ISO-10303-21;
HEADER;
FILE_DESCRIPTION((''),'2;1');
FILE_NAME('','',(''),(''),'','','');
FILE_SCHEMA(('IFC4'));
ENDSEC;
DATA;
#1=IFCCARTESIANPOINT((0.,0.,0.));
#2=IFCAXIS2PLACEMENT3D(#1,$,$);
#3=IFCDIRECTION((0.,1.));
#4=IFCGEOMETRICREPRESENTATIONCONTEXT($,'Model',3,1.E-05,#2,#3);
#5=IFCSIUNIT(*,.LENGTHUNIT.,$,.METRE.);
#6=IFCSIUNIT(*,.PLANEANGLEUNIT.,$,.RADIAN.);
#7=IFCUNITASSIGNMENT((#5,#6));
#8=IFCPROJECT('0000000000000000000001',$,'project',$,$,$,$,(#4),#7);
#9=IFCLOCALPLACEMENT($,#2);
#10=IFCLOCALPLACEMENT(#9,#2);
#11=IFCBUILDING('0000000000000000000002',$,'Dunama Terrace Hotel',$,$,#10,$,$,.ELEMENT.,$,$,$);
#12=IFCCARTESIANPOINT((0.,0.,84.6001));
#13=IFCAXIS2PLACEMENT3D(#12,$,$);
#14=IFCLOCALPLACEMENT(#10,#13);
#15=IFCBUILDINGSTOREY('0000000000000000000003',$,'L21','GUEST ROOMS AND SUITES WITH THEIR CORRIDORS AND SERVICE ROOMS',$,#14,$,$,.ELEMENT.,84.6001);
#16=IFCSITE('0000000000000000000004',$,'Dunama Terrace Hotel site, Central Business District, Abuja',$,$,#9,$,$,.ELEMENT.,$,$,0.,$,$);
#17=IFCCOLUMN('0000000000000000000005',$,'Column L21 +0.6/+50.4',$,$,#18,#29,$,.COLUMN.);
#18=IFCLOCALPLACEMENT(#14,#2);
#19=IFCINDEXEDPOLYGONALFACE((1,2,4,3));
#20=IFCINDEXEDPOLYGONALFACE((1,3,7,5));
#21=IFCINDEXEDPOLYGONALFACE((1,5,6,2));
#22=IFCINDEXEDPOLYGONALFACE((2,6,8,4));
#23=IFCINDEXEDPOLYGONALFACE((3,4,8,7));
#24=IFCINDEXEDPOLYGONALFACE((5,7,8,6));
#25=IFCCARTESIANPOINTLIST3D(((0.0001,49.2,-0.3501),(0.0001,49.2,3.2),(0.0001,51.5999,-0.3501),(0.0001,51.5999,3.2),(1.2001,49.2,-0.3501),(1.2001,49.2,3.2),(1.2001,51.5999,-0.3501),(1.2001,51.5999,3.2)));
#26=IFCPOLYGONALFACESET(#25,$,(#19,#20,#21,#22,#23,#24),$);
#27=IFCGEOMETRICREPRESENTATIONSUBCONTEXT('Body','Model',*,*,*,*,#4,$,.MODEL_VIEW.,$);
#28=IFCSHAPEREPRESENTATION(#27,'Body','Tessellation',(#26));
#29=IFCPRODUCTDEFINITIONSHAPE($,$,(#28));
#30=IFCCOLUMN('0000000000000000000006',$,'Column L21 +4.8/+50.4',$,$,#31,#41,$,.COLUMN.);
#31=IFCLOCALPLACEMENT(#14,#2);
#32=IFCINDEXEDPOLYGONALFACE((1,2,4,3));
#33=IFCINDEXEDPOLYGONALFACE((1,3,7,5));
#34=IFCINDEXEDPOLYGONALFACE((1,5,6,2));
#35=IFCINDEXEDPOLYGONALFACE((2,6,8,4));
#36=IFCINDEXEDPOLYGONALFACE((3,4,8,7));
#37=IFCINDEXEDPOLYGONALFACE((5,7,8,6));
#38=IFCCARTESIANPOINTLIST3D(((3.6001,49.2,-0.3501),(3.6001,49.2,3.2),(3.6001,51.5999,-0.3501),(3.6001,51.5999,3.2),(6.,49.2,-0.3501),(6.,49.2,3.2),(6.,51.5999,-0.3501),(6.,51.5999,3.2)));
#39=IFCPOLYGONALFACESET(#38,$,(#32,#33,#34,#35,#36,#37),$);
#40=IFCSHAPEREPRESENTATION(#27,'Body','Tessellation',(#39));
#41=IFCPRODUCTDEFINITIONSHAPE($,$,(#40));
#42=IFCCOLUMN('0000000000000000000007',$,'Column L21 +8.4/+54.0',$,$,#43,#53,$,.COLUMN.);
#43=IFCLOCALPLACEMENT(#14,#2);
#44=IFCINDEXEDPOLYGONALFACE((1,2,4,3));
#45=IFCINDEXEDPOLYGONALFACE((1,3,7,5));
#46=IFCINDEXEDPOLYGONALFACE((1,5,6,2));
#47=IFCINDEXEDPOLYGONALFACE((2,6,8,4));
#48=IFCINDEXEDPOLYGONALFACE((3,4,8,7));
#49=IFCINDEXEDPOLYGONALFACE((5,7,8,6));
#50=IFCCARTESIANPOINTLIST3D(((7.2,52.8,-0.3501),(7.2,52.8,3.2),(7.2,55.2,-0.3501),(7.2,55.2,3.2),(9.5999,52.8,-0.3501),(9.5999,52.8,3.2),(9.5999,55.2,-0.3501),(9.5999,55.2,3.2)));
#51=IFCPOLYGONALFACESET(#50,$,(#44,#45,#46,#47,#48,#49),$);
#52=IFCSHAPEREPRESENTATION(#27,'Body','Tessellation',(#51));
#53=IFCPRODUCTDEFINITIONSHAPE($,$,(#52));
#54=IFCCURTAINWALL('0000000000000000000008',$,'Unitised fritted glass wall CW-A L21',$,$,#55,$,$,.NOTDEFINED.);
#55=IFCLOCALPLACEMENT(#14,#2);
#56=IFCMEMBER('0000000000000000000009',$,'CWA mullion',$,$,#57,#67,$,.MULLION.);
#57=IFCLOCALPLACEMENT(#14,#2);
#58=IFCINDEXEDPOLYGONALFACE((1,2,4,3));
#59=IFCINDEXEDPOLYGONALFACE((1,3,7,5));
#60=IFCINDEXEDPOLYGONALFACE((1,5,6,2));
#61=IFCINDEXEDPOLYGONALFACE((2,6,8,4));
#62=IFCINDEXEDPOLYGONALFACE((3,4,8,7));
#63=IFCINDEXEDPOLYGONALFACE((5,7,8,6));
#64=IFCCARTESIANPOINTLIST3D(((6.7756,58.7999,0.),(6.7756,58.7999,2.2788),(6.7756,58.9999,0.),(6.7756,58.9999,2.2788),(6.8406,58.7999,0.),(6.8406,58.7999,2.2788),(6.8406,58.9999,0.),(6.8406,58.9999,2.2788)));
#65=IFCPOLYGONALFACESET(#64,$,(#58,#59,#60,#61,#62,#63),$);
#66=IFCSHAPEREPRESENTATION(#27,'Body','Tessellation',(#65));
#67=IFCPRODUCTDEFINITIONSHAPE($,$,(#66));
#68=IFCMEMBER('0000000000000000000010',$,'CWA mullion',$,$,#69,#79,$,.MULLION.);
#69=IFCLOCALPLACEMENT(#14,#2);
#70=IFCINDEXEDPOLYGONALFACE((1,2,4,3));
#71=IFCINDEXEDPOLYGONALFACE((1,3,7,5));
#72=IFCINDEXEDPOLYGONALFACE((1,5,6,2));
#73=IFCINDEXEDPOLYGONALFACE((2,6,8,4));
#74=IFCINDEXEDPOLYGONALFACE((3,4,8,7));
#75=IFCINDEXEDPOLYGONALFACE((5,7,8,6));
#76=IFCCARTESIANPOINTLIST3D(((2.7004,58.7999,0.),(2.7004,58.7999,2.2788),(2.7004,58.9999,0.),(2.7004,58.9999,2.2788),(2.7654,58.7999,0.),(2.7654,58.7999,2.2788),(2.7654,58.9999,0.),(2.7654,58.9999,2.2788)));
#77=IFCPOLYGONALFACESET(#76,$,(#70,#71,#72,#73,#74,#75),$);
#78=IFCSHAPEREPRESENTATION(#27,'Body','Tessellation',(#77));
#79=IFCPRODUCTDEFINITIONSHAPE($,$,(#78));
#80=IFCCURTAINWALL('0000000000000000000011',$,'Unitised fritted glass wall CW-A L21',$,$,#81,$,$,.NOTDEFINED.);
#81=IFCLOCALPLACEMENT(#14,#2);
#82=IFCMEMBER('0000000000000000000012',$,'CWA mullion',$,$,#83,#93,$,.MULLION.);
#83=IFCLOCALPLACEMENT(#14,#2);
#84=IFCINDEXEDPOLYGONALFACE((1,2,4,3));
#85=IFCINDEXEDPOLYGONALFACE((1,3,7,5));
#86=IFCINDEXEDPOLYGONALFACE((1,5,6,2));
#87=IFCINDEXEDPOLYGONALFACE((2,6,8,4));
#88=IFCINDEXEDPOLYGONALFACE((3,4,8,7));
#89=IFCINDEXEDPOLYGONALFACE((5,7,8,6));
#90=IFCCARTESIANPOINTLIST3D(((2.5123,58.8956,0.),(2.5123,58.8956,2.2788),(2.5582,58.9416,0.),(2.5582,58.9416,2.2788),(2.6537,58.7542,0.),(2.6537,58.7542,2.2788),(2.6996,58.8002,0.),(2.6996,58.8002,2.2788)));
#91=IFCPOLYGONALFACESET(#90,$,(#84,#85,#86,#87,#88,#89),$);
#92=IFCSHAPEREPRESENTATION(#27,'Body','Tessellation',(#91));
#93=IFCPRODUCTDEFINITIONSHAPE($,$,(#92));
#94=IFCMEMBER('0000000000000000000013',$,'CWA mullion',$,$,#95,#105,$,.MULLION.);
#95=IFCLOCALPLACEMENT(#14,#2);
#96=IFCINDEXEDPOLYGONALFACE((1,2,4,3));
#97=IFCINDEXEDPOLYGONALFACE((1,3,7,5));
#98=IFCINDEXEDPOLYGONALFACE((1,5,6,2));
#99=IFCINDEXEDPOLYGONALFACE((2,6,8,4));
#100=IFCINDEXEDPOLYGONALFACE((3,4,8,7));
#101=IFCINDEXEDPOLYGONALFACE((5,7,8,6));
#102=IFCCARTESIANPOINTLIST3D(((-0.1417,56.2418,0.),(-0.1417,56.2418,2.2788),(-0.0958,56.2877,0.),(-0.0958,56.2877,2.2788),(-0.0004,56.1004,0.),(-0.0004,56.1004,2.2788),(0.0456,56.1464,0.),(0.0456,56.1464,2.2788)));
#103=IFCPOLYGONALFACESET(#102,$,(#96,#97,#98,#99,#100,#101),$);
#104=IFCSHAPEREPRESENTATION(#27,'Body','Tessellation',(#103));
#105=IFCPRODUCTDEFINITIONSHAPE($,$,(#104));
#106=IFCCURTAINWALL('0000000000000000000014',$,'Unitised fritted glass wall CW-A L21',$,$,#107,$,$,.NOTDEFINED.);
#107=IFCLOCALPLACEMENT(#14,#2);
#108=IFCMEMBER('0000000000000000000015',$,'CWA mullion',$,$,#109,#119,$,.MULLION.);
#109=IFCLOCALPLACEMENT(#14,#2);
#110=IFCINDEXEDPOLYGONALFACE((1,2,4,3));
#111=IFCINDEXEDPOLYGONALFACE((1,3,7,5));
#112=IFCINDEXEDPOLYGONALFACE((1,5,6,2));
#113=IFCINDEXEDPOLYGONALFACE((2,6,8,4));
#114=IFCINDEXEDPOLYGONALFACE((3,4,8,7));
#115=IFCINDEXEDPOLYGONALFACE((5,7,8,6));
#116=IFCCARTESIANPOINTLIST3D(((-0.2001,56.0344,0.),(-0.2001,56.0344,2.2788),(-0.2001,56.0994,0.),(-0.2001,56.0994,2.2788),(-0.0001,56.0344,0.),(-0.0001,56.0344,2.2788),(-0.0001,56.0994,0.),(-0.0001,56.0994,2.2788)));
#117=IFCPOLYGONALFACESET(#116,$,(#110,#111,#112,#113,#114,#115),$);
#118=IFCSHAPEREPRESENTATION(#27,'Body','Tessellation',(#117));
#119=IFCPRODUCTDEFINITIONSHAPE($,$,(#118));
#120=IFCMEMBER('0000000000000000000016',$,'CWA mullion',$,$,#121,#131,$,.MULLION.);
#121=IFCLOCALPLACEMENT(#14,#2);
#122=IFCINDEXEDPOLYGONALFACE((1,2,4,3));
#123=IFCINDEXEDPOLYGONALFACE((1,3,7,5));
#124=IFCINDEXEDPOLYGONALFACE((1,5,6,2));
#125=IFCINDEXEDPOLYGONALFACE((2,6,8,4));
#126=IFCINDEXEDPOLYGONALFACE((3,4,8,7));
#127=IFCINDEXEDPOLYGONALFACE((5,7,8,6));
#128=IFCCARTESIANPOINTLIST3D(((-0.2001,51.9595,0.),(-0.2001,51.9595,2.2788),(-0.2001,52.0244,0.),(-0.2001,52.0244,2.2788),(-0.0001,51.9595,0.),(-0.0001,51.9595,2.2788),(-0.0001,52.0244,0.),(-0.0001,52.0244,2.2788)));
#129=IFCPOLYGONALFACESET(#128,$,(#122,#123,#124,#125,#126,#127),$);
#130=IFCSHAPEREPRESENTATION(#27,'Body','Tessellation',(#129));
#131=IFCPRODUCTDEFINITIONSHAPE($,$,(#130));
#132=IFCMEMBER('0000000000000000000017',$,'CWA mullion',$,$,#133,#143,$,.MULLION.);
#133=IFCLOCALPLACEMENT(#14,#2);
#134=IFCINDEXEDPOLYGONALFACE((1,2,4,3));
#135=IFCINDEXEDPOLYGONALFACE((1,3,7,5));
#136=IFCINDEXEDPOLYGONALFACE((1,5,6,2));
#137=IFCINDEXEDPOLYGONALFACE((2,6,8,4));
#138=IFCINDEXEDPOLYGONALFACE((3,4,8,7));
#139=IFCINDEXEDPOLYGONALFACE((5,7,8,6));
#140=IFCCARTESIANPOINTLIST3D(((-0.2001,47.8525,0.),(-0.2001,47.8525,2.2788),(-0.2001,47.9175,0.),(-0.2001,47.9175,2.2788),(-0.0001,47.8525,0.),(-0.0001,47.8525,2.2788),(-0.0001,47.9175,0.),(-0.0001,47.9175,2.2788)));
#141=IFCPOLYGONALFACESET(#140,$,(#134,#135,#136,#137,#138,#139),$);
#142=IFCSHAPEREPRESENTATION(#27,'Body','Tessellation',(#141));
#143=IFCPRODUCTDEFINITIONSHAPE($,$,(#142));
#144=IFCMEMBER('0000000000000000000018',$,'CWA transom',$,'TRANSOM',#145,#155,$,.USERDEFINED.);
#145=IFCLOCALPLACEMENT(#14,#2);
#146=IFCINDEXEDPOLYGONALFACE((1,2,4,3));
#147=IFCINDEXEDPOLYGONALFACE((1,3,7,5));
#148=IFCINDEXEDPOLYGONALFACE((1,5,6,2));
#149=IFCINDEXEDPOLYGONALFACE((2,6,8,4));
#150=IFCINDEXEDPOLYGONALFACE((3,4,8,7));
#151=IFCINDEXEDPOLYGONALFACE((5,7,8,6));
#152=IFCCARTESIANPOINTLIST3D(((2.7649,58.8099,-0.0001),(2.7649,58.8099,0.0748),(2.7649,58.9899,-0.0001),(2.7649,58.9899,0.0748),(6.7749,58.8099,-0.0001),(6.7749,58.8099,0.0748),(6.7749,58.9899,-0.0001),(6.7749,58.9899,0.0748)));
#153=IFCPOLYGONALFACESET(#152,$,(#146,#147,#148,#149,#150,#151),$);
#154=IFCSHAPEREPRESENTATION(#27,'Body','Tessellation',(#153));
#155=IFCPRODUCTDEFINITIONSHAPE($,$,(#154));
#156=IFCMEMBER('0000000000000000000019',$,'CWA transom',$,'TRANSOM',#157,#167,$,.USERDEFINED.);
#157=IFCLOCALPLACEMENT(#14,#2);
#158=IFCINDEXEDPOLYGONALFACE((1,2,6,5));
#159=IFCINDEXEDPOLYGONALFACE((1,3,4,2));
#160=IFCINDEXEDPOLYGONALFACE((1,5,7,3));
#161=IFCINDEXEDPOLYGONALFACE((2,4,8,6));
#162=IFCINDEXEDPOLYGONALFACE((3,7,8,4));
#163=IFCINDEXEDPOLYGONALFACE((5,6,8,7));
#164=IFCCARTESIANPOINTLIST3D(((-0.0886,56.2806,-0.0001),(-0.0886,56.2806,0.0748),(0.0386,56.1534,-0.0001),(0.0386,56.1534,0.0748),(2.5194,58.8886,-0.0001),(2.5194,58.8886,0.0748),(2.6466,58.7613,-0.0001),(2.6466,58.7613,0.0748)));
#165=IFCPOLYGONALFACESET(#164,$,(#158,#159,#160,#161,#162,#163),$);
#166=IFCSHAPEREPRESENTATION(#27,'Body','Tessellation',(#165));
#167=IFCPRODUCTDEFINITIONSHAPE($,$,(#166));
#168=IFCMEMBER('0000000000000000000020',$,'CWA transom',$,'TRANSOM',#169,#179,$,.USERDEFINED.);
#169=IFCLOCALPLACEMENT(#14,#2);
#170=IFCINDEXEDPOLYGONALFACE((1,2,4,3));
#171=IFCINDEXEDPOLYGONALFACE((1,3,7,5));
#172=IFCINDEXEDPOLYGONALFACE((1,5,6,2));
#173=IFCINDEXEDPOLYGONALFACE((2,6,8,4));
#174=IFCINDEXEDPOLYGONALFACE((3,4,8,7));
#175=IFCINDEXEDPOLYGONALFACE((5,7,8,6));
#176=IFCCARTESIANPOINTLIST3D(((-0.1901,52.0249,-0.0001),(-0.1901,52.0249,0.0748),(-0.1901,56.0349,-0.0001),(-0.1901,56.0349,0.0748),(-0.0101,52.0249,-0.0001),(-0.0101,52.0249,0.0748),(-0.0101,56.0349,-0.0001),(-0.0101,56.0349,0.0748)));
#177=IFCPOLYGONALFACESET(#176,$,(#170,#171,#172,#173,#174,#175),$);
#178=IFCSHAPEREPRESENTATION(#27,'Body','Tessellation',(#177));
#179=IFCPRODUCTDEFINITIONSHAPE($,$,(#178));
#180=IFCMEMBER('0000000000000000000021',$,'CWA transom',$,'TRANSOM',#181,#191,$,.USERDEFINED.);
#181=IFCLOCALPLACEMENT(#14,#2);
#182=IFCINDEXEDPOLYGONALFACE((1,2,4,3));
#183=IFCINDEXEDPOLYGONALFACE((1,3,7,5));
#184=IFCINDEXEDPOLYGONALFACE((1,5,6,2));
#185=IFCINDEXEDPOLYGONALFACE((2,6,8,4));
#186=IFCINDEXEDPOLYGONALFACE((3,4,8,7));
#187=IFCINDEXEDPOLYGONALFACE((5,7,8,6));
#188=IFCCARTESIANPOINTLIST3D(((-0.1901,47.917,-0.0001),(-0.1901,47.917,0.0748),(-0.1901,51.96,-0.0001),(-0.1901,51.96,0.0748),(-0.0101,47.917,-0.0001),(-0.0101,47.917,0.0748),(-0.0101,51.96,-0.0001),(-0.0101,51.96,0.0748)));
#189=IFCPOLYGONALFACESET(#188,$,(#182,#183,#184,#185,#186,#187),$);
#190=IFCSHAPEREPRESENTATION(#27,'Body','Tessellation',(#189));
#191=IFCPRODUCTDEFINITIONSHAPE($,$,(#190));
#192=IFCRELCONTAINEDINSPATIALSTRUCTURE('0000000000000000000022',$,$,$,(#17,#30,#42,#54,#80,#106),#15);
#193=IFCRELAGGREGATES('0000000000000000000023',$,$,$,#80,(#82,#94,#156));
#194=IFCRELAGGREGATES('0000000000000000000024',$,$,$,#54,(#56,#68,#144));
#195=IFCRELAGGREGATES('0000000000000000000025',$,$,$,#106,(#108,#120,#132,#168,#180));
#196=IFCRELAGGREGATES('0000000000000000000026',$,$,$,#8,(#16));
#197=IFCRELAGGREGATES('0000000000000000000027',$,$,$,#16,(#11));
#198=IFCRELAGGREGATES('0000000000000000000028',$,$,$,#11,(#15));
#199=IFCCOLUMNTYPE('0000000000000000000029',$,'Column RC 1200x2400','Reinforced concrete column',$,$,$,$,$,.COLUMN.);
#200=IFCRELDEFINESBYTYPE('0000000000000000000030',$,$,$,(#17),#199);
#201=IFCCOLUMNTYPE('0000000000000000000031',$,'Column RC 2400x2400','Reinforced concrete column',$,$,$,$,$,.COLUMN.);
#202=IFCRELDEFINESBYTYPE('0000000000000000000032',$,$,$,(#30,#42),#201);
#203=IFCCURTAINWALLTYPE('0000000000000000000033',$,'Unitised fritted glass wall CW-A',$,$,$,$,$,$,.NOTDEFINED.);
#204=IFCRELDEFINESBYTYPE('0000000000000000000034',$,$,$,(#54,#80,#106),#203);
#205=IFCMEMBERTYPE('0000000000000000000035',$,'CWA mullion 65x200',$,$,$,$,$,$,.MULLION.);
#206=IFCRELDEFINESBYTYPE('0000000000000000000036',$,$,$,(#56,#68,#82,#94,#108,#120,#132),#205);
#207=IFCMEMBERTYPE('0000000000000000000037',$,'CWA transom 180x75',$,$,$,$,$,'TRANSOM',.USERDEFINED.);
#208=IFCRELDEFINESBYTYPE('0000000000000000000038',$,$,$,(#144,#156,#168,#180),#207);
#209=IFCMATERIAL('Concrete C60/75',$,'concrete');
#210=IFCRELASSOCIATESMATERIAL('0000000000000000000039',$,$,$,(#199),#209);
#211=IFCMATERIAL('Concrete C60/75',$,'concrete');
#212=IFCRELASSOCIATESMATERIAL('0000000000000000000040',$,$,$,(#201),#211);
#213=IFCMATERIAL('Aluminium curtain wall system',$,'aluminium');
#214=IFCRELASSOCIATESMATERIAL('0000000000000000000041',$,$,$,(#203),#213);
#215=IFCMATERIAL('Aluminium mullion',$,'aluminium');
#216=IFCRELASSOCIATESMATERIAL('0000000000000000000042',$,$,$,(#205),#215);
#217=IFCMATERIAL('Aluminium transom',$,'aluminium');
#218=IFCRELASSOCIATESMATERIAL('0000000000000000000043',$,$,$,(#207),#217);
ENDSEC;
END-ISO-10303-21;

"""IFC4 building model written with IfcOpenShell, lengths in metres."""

from ifc_helpers import new_model, si_unit, direction, frame, origin, origin_2d, place, context, subcontext, project, spatial, rectangle, extrude, material, material_profile, profile_set, type_object, element, aggregate, save


model = new_model("IFC4")

# Units and contexts
model_context = context("Model", 3, precision=1e-05, world=origin(), true_north=direction((0.0, 1.0)))
body_context = subcontext(model_context, "Body", "Model", "MODEL_VIEW")
ifc_project = project(units=[si_unit("LENGTHUNIT", "METRE"), si_unit("PLANEANGLEUNIT", "RADIAN")], contexts=[model_context])

# Site, building, storey
site_placement = place(None, origin())
site = spatial("IfcSite", under=ifc_project, at=site_placement, Name="Dunama Terrace Hotel site, Central Business District, Abuja", CompositionType="ELEMENT", RefElevation=0.0)
building_placement = place(site_placement, origin())
building = spatial("IfcBuilding", under=site, at=building_placement, Name="Dunama Terrace Hotel", CompositionType="ELEMENT")
storey_placement = place(building_placement, frame((0.0, 0.0, 84.6001)))
storey = spatial("IfcBuildingStorey", under=building, at=storey_placement, Name="L21", Description="GUEST ROOMS AND SUITES WITH THEIR CORRIDORS AND SERVICE ROOMS", CompositionType="ELEMENT", Elevation=84.6001)

# Columns
ifc_material_1 = material(Name="Concrete C60/75", Category="concrete")
ifc_material_profile_1 = material_profile(ifc_material_1, rectangle(XDim=1.2, YDim=2.3999, at=origin_2d()), Name="RC 1200x2400")
ifc_profile_set_1 = profile_set([ifc_material_profile_1], Name="Concrete C60/75")
column_type_1 = type_object("IfcColumnType", Name="Column RC 1200x2400", Description="Reinforced concrete column", PredefinedType="COLUMN", material=ifc_profile_set_1)
column_placement = place(storey_placement, frame((0.6001, 50.3999, -0.3501), z_axis=(0.0, 0.0, 1.0), x_axis=(1.0, 0.0, 0.0)))
element("IfcColumn", 1, at=column_placement, inside=storey, type_object=column_type_1, Name="Column L21 +0.6/+50.4", PredefinedType="COLUMN", context=body_context, shape_type="SweptSolid", body=[
    extrude(rectangle(XDim=1.2, YDim=2.3999, at=origin_2d()), origin(), (0.0, 0.0, 1.0), 3.55),
])
ifc_material_2 = material(Name="Concrete C60/75", Category="concrete")
ifc_material_profile_2 = material_profile(ifc_material_2, rectangle(XDim=2.3999, YDim=2.3999, at=origin_2d()), Name="RC 2400x2400")
ifc_profile_set_2 = profile_set([ifc_material_profile_2], Name="Concrete C60/75")
column_type_2 = type_object("IfcColumnType", Name="Column RC 2400x2400", Description="Reinforced concrete column", PredefinedType="COLUMN", material=ifc_profile_set_2)
for number, where, z_axis, x_axis, name in (
    (2, (4.8, 50.3999, -0.3501), (0.0, 0.0, 1.0), (1.0, 0.0, 0.0), "Column L21 +4.8/+50.4"),
    (3, (8.3999, 54.0, -0.3501), (0.0, 0.0, 1.0), (1.0, 0.0, 0.0), "Column L21 +8.4/+54.0"),
):
    element("IfcColumn", number, at=place(storey_placement, frame(where, z_axis=z_axis, x_axis=x_axis)), inside=storey, type_object=column_type_2, Name=name, PredefinedType="COLUMN", context=body_context, shape_type="SweptSolid", body=[
        extrude(rectangle(XDim=2.3999, YDim=2.3999, at=origin_2d()), origin(), (0.0, 0.0, 1.0), 3.55),
    ])

# Curtain walls, members
ifc_material_3 = material(Name="Aluminium curtain wall system", Category="aluminium")
curtain_wall_type = type_object("IfcCurtainWallType", Name="Unitised fritted glass wall CW-A", PredefinedType="NOTDEFINED", material=ifc_material_3)
curtain_wall_1_placement = place(storey_placement, origin())
curtain_wall_1 = element("IfcCurtainWall", 4, at=curtain_wall_1_placement, inside=storey, type_object=curtain_wall_type, Name="Unitised fritted glass wall CW-A L21", PredefinedType="NOTDEFINED")
ifc_material_4 = material(Name="Aluminium mullion", Category="aluminium")
ifc_material_profile_3 = material_profile(ifc_material_4, rectangle(XDim=0.0649, YDim=0.2, at=origin_2d()), Name="CWA MULLION 65X200")
ifc_profile_set_3 = profile_set([ifc_material_profile_3], Name="Aluminium mullion")
member_type_1 = type_object("IfcMemberType", Name="CWA mullion 65x200", PredefinedType="MULLION", material=ifc_profile_set_3)
member_1_placement = place(storey_placement, frame((6.8081, 58.8999, 0.0), z_axis=(0.0, 0.0, 1.0), x_axis=(-1.0, 0.0, 0.0)))
member_1 = element("IfcMember", 5, at=member_1_placement, type_object=member_type_1, Name="CWA mullion", PredefinedType="MULLION", context=body_context, shape_type="SweptSolid", body=[
    extrude(rectangle(XDim=0.0649, YDim=0.2, at=origin_2d()), origin(), (0.0, 0.0, 1.0), 2.2788),
])
member_2_placement = place(storey_placement, frame((2.7329, 58.8999, 0.0), z_axis=(0.0, 0.0, 1.0), x_axis=(-1.0, 0.0, 0.0)))
member_2 = element("IfcMember", 6, at=member_2_placement, type_object=member_type_1, Name="CWA mullion", PredefinedType="MULLION", context=body_context, shape_type="SweptSolid", body=[
    extrude(rectangle(XDim=0.0649, YDim=0.2, at=origin_2d()), origin(), (0.0, 0.0, 1.0), 2.2788),
])
curtain_wall_2_placement = place(storey_placement, origin())
curtain_wall_2 = element("IfcCurtainWall", 7, at=curtain_wall_2_placement, inside=storey, type_object=curtain_wall_type, Name="Unitised fritted glass wall CW-A L21", PredefinedType="NOTDEFINED")
member_3_placement = place(storey_placement, frame((2.606, 58.8479, 0.0), z_axis=(0.0, 0.0, 1.0), x_axis=(-0.707107, -0.707107, 0.0)))
member_3 = element("IfcMember", 8, at=member_3_placement, type_object=member_type_1, Name="CWA mullion", PredefinedType="MULLION", context=body_context, shape_type="SweptSolid", body=[
    extrude(rectangle(XDim=0.0649, YDim=0.2, at=origin_2d()), origin(), (0.0, 0.0, 1.0), 2.2788),
])
member_4_placement = place(storey_placement, frame((-0.0481, 56.1941, 0.0), z_axis=(0.0, 0.0, 1.0), x_axis=(-0.707107, -0.707107, 0.0)))
member_4 = element("IfcMember", 9, at=member_4_placement, type_object=member_type_1, Name="CWA mullion", PredefinedType="MULLION", context=body_context, shape_type="SweptSolid", body=[
    extrude(rectangle(XDim=0.0649, YDim=0.2, at=origin_2d()), origin(), (0.0, 0.0, 1.0), 2.2788),
])
curtain_wall_3_placement = place(storey_placement, origin())
curtain_wall_3 = element("IfcCurtainWall", 10, at=curtain_wall_3_placement, inside=storey, type_object=curtain_wall_type, Name="Unitised fritted glass wall CW-A L21", PredefinedType="NOTDEFINED")
member_5_placement = place(storey_placement, frame((-0.1001, 56.0669, 0.0), z_axis=(0.0, 0.0, 1.0), x_axis=(0.0, -1.0, 0.0)))
member_5 = element("IfcMember", 11, at=member_5_placement, type_object=member_type_1, Name="CWA mullion", PredefinedType="MULLION", context=body_context, shape_type="SweptSolid", body=[
    extrude(rectangle(XDim=0.0649, YDim=0.2, at=origin_2d()), origin(), (0.0, 0.0, 1.0), 2.2788),
])
member_6_placement = place(storey_placement, frame((-0.1001, 51.9919, 0.0), z_axis=(0.0, 0.0, 1.0), x_axis=(0.0, -1.0, 0.0)))
member_6 = element("IfcMember", 12, at=member_6_placement, type_object=member_type_1, Name="CWA mullion", PredefinedType="MULLION", context=body_context, shape_type="SweptSolid", body=[
    extrude(rectangle(XDim=0.0649, YDim=0.2, at=origin_2d()), origin(), (0.0, 0.0, 1.0), 2.2788),
])
member_7_placement = place(storey_placement, frame((-0.1001, 47.885, 0.0), z_axis=(0.0, 0.0, 1.0), x_axis=(0.0, -1.0, 0.0)))
member_7 = element("IfcMember", 13, at=member_7_placement, type_object=member_type_1, Name="CWA mullion", PredefinedType="MULLION", context=body_context, shape_type="SweptSolid", body=[
    extrude(rectangle(XDim=0.0649, YDim=0.2, at=origin_2d()), origin(), (0.0, 0.0, 1.0), 2.2788),
])

# Members
ifc_material_5 = material(Name="Aluminium transom", Category="aluminium")
ifc_material_profile_4 = material_profile(ifc_material_5, rectangle(XDim=0.1799, YDim=0.075, at=origin_2d()), Name="CWA TRANSOM 180X75")
ifc_profile_set_4 = profile_set([ifc_material_profile_4], Name="Aluminium transom")
member_type_2 = type_object("IfcMemberType", Name="CWA transom 180x75", ElementType="TRANSOM", PredefinedType="USERDEFINED", material=ifc_profile_set_4)
member_8_placement = place(storey_placement, frame((6.7749, 58.8999, 0.0374), z_axis=(-1.0, 0.0, 0.0), x_axis=(0.0, -1.0, 0.0)))
member_8 = element("IfcMember", 14, at=member_8_placement, type_object=member_type_2, Name="CWA transom", ObjectType="TRANSOM", PredefinedType="USERDEFINED", context=body_context, shape_type="SweptSolid", body=[
    extrude(rectangle(XDim=0.1799, YDim=0.075, at=origin_2d()), origin(), (0.0, 0.0, 1.0), 4.01),
])
member_9_placement = place(storey_placement, frame((2.583, 58.825, 0.0374), z_axis=(-0.707107, -0.707107, 0.0), x_axis=(0.707107, -0.707107, 0.0)))
member_9 = element("IfcMember", 15, at=member_9_placement, type_object=member_type_2, Name="CWA transom", ObjectType="TRANSOM", PredefinedType="USERDEFINED", context=body_context, shape_type="SweptSolid", body=[
    extrude(rectangle(XDim=0.1799, YDim=0.075, at=origin_2d()), origin(), (0.0, 0.0, 1.0), 3.6882),
])
member_10_placement = place(storey_placement, frame((-0.1001, 56.0349, 0.0374), z_axis=(0.0, -1.0, 0.0), x_axis=(1.0, 0.0, 0.0)))
member_10 = element("IfcMember", 16, at=member_10_placement, type_object=member_type_2, Name="CWA transom", ObjectType="TRANSOM", PredefinedType="USERDEFINED", context=body_context, shape_type="SweptSolid", body=[
    extrude(rectangle(XDim=0.1799, YDim=0.075, at=origin_2d()), origin(), (0.0, 0.0, 1.0), 4.01),
])
member_11_placement = place(storey_placement, frame((-0.1001, 51.96, 0.0374), z_axis=(0.0, -1.0, 0.0), x_axis=(1.0, 0.0, 0.0)))
member_11 = element("IfcMember", 17, at=member_11_placement, type_object=member_type_2, Name="CWA transom", ObjectType="TRANSOM", PredefinedType="USERDEFINED", context=body_context, shape_type="SweptSolid", body=[
    extrude(rectangle(XDim=0.1799, YDim=0.075, at=origin_2d()), origin(), (0.0, 0.0, 1.0), 4.043),
])

aggregate(curtain_wall_2, [member_3, member_4, member_9])
aggregate(curtain_wall_1, [member_1, member_2, member_8])
aggregate(curtain_wall_3, [member_5, member_6, member_7, member_10, member_11])

save(model, "model.ifc")
